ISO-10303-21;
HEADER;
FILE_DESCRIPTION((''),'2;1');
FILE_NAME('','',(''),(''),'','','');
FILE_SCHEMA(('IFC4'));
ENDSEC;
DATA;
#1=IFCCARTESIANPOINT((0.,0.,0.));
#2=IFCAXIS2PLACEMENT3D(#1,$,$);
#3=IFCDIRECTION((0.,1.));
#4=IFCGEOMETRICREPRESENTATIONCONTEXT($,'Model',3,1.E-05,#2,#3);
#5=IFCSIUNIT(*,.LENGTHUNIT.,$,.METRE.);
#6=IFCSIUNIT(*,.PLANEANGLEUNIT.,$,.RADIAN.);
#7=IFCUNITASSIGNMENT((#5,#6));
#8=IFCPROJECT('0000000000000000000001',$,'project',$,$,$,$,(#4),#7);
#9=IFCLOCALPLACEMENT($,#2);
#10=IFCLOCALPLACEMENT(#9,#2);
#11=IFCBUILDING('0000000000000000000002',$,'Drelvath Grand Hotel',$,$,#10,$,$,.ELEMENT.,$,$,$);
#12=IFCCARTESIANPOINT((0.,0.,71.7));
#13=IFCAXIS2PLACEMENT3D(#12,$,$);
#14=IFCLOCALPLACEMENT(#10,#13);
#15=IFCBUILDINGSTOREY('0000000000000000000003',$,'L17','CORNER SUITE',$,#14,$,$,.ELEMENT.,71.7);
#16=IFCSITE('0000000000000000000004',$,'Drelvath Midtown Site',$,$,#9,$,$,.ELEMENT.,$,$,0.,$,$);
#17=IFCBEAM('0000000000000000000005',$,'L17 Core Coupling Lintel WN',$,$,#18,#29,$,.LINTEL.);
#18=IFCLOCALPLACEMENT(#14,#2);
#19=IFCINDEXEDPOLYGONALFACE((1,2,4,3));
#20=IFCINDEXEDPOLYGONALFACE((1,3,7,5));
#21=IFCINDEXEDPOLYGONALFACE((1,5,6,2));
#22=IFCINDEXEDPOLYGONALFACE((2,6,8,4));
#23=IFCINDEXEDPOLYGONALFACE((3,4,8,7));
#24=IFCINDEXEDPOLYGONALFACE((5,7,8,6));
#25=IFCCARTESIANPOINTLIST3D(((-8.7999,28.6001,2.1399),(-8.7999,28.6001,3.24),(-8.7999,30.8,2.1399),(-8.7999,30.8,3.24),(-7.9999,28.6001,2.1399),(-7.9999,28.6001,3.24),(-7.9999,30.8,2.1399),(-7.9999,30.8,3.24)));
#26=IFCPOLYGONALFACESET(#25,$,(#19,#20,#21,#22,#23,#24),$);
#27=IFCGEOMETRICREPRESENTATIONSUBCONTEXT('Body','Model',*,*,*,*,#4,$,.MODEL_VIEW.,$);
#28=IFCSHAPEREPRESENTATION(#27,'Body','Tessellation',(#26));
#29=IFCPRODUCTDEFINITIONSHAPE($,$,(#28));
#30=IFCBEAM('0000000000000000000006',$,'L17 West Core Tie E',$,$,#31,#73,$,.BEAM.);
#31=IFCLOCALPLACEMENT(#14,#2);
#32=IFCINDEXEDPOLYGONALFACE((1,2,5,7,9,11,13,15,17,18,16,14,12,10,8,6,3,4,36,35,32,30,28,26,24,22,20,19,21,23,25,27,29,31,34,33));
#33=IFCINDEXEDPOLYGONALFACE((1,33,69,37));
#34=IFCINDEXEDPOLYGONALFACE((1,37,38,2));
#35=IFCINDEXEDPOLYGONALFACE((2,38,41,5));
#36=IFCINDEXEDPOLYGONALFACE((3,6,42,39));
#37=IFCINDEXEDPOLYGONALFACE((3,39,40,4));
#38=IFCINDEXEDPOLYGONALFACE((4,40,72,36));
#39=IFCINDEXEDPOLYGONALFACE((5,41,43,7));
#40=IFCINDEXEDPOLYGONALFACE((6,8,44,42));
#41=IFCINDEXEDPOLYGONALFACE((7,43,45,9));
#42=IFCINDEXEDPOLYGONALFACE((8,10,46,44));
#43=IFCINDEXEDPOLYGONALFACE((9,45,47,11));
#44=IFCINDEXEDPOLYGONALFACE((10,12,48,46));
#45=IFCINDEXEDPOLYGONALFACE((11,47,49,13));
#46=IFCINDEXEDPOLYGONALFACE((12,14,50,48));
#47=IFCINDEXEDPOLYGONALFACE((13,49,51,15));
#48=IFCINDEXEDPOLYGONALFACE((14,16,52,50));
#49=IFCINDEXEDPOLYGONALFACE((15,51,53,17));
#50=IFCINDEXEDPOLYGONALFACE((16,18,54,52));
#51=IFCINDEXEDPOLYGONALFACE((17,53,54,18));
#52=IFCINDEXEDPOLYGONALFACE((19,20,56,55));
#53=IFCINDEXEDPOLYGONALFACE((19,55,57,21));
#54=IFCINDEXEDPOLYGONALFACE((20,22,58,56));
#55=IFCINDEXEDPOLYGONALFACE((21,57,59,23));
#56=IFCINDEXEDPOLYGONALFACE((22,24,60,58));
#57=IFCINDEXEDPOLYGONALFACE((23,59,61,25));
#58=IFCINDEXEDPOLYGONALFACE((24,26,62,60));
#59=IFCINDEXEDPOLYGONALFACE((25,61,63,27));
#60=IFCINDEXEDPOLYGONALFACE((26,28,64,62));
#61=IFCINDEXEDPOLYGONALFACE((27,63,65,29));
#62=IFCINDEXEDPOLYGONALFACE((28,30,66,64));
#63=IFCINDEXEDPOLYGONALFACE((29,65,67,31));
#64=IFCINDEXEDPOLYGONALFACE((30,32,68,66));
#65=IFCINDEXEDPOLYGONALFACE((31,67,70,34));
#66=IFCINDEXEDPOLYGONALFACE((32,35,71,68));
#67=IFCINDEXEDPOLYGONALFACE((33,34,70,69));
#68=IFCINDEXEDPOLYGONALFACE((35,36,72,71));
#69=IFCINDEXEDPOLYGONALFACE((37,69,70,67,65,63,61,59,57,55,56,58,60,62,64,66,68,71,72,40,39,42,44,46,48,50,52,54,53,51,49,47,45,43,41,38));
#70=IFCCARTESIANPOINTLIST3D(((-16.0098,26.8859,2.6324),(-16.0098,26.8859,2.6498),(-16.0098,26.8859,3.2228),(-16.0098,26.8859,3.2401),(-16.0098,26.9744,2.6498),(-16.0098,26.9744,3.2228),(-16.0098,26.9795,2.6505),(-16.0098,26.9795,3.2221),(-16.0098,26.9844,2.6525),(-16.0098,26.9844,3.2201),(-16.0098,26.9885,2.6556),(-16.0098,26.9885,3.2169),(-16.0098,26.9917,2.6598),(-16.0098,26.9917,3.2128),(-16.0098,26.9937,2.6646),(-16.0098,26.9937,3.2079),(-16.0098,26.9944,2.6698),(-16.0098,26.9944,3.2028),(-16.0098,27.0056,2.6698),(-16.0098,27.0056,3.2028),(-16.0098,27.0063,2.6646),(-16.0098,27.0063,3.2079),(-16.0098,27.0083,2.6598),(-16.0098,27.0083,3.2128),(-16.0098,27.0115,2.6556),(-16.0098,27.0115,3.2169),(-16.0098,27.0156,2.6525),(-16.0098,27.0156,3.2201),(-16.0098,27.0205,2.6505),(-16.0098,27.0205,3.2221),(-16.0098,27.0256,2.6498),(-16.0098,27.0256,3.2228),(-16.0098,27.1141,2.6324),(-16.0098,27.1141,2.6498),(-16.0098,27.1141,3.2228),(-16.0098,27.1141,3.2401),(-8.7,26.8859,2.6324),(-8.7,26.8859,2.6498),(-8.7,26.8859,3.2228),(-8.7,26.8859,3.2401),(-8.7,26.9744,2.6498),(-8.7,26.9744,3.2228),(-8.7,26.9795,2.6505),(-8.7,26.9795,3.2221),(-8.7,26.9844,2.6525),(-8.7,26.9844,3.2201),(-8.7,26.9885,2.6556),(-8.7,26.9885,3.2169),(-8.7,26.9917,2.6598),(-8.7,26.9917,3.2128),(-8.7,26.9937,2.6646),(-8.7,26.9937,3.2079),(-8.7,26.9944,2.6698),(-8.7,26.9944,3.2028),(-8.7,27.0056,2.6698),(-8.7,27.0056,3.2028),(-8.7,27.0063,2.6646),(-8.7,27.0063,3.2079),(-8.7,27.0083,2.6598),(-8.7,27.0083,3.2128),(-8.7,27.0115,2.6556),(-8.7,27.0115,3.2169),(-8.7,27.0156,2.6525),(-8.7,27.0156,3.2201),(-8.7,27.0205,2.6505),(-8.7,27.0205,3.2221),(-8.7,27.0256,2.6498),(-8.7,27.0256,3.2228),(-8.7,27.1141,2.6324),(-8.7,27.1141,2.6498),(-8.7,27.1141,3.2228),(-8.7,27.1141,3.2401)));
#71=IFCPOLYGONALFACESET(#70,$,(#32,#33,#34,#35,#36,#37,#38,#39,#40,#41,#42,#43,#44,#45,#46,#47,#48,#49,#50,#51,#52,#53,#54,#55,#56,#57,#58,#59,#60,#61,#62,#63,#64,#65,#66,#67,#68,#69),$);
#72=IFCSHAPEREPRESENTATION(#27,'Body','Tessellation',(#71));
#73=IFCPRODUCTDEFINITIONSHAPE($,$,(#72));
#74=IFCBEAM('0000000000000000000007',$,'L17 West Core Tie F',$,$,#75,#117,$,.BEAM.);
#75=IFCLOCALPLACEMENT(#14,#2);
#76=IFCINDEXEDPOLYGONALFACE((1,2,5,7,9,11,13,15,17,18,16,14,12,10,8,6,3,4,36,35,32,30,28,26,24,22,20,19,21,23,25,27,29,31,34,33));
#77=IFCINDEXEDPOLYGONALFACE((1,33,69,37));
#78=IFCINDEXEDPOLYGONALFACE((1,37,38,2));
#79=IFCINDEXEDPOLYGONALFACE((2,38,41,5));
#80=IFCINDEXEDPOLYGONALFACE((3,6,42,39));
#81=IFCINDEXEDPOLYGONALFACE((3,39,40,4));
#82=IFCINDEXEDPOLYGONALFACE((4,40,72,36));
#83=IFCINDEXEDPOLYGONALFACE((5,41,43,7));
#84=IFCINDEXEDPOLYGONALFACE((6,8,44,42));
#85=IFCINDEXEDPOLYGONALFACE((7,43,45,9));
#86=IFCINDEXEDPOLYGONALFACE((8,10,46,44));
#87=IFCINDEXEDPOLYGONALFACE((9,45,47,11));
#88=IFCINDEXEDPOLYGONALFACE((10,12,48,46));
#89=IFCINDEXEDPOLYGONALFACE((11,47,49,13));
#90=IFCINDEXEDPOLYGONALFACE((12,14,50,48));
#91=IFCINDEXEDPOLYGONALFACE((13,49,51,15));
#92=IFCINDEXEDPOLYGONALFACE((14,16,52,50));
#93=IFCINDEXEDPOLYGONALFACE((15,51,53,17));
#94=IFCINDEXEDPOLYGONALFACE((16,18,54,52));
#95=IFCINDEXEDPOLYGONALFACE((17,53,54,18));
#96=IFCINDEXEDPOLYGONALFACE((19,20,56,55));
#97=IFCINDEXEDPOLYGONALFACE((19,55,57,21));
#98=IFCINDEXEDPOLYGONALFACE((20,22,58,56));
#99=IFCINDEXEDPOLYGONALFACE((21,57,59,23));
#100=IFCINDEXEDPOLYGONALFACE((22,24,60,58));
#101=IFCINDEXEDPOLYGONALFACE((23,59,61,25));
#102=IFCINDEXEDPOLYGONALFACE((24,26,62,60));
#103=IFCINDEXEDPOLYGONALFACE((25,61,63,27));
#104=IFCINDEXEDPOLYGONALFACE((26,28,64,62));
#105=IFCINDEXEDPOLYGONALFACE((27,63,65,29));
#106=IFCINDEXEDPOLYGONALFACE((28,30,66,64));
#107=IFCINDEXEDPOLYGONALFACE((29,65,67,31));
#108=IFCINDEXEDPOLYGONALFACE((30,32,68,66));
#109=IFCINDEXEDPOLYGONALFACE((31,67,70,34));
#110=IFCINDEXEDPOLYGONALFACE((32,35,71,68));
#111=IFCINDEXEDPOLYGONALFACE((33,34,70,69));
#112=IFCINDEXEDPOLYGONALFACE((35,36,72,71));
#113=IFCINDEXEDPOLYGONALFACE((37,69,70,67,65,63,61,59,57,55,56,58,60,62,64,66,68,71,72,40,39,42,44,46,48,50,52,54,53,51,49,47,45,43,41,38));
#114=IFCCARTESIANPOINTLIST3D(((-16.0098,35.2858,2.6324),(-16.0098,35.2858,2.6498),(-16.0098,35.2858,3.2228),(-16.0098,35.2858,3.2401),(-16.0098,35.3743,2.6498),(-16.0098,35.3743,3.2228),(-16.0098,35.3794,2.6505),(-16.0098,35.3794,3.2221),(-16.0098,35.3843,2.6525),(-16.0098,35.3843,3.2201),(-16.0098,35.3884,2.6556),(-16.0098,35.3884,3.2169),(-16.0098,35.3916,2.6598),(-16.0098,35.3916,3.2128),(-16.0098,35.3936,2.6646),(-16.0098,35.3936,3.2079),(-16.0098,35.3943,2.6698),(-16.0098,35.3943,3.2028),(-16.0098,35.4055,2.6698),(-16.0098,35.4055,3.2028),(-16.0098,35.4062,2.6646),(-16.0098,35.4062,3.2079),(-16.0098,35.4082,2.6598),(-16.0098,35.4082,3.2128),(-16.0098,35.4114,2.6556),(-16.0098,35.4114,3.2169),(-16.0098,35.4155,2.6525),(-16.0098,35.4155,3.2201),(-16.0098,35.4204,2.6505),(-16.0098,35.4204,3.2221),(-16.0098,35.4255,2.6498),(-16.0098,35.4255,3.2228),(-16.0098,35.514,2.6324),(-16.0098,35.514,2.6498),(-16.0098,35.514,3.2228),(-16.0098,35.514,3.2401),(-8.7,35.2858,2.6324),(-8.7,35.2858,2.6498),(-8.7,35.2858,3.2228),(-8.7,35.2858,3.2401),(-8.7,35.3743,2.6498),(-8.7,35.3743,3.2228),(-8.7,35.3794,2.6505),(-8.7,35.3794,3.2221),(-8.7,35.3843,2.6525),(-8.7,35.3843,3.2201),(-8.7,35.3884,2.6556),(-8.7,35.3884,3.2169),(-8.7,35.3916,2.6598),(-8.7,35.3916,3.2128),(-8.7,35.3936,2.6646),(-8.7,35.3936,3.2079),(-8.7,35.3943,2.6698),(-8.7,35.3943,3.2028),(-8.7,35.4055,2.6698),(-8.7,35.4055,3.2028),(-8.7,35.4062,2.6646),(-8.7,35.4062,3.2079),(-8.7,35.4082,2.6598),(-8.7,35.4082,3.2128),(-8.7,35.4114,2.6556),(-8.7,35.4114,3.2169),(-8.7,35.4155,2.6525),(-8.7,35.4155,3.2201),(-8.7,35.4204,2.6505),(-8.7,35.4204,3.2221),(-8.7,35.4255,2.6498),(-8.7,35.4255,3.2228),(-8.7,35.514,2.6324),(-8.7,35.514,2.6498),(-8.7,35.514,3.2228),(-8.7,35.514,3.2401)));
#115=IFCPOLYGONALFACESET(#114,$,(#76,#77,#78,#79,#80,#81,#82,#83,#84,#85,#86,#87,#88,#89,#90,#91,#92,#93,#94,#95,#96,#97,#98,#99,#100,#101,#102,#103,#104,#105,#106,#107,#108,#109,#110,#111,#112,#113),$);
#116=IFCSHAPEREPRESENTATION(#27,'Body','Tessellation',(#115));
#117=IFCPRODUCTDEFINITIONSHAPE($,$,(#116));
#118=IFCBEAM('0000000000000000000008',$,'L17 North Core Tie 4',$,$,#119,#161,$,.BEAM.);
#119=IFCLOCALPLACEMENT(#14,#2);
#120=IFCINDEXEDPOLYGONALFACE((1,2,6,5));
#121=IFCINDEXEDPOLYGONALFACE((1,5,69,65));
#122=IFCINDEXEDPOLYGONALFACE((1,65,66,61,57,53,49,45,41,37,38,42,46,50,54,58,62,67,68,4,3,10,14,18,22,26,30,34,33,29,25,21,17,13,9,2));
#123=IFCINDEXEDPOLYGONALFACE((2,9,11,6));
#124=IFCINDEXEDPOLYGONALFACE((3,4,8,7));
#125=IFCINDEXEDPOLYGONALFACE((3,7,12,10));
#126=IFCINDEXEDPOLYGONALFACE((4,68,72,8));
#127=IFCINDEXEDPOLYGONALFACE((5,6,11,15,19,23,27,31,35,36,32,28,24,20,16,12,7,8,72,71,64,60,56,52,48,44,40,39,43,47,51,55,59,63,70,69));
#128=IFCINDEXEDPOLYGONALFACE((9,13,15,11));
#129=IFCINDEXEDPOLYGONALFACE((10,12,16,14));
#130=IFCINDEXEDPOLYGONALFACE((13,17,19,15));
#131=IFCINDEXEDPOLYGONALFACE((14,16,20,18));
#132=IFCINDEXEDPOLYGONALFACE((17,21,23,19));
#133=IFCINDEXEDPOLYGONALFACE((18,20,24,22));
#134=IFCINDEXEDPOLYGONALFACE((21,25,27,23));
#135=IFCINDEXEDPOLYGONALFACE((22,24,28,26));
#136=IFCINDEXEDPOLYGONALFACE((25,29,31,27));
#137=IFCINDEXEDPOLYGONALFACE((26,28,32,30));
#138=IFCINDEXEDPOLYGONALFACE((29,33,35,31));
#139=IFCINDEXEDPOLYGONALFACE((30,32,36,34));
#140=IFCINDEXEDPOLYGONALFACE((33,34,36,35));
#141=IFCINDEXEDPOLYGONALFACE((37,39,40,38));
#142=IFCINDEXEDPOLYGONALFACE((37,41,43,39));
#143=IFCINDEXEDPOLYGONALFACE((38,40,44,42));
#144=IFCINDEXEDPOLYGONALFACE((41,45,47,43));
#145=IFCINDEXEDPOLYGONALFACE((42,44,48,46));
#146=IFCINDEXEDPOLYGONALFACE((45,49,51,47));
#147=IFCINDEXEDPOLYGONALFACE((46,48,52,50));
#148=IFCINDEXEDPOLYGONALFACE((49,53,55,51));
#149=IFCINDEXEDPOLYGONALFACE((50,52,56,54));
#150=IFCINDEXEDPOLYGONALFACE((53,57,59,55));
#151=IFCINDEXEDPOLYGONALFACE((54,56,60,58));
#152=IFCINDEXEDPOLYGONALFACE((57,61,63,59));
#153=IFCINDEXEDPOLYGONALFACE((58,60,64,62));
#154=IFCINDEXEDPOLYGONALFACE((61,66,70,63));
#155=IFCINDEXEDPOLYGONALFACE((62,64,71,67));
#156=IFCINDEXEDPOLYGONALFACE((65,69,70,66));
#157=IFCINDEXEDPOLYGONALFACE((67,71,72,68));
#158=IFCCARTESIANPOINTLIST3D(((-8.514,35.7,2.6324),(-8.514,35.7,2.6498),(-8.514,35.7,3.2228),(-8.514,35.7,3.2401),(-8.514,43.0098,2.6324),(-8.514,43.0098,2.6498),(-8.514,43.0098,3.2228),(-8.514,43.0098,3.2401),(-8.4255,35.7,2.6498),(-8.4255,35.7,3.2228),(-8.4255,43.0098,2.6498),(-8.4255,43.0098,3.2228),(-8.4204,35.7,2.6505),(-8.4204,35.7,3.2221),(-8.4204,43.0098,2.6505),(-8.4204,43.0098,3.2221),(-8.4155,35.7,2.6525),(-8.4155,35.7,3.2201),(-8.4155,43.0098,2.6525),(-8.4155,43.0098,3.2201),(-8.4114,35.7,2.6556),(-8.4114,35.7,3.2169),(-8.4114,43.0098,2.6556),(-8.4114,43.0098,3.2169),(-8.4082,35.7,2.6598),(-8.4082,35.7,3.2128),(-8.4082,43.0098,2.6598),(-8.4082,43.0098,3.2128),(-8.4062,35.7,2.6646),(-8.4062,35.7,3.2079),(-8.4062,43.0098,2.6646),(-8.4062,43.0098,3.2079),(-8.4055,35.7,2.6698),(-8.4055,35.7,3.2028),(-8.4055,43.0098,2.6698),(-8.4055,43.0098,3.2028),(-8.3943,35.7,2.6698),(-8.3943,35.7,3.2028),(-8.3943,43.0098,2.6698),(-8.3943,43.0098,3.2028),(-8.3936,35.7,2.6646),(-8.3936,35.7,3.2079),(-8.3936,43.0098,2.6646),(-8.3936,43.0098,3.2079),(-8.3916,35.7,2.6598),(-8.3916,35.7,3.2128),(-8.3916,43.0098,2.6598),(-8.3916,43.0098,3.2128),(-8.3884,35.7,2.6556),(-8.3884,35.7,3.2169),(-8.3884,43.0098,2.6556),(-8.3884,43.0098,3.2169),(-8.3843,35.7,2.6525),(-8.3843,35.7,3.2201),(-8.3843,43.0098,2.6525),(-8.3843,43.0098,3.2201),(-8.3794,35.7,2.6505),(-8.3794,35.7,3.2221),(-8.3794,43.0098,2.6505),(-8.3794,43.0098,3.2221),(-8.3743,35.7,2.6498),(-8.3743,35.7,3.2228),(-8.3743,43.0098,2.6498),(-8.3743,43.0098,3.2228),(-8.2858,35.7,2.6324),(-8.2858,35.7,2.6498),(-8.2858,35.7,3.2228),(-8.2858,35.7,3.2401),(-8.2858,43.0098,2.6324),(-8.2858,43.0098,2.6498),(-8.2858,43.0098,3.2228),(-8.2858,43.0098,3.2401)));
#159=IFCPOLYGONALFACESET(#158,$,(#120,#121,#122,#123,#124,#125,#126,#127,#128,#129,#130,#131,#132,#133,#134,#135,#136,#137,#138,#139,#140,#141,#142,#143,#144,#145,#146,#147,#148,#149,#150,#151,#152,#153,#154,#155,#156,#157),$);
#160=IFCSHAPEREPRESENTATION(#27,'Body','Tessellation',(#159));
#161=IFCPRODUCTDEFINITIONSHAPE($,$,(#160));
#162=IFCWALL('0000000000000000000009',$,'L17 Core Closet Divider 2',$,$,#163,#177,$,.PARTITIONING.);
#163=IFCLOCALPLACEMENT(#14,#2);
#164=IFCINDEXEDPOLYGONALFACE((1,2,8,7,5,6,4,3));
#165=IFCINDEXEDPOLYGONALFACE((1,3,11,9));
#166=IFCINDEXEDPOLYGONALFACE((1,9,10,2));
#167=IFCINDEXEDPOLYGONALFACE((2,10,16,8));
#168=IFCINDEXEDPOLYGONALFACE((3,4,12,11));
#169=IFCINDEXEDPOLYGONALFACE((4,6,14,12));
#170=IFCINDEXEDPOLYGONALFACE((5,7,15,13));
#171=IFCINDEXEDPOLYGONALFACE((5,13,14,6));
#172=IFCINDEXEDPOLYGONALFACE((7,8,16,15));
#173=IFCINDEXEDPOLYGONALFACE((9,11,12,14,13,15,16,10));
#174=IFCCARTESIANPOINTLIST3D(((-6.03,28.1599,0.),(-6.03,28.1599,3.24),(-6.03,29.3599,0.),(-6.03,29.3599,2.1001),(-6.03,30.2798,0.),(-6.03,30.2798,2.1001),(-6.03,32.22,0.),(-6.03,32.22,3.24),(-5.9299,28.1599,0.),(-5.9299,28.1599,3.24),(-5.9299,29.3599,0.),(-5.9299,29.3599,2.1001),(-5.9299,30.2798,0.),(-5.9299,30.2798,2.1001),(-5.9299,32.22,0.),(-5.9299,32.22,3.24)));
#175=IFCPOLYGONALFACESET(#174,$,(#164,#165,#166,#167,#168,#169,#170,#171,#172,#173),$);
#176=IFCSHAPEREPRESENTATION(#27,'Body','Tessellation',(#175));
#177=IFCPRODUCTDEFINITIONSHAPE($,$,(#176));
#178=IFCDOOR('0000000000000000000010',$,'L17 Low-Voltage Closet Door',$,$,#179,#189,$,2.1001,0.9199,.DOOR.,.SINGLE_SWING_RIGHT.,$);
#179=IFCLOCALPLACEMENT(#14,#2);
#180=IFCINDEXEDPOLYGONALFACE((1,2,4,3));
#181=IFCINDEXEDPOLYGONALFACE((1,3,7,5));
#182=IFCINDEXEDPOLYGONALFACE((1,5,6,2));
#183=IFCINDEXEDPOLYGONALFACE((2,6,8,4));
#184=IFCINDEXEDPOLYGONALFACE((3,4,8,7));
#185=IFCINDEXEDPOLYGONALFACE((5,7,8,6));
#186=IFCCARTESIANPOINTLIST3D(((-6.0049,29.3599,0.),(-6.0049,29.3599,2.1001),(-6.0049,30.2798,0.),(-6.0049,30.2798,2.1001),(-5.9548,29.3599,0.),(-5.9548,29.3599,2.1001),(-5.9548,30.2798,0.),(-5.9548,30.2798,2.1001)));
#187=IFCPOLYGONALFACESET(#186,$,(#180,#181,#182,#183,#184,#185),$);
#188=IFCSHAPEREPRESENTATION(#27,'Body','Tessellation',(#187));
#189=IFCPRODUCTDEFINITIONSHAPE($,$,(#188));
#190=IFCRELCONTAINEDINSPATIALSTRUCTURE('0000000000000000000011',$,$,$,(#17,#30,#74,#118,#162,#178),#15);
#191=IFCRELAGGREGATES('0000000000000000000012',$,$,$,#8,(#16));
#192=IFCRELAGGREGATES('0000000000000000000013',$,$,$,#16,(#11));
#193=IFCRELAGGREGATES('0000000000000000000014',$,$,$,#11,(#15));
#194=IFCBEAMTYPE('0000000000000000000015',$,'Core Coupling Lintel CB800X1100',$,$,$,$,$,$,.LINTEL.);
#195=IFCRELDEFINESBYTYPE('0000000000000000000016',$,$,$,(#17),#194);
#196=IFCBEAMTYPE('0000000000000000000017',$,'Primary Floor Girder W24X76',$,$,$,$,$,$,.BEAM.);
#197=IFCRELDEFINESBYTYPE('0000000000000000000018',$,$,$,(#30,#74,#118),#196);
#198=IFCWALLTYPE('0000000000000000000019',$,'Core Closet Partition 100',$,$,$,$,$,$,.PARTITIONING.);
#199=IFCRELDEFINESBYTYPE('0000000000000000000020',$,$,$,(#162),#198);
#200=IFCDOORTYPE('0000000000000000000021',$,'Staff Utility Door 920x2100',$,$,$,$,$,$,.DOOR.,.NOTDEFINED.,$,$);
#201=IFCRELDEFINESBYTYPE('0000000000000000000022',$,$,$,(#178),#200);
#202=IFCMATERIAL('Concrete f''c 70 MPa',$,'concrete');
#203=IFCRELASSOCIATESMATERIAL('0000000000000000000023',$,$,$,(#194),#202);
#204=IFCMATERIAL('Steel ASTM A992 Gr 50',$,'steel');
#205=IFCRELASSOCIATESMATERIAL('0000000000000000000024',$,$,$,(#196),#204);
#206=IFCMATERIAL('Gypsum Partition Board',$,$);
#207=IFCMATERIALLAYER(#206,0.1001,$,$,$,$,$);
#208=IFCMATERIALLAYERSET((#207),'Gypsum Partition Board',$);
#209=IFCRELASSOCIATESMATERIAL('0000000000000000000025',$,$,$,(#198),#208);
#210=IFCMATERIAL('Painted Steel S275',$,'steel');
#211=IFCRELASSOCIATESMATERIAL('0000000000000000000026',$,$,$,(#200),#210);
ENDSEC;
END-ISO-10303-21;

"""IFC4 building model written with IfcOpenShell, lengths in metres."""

from ifc_helpers import new_model, si_unit, direction, frame, frame_2d, origin, origin_2d, place, context, subcontext, project, spatial, rectangle, i_section, extrude, material, layer, layer_set, material_profile, profile_set, type_object, element, fill, save


model = new_model("IFC4")

# Units and contexts
model_context = context("Model", 3, precision=1e-05, world=origin(), true_north=direction((0.0, 1.0)))
body_context = subcontext(model_context, "Body", "Model", "MODEL_VIEW")
ifc_project = project(units=[si_unit("LENGTHUNIT", "METRE"), si_unit("PLANEANGLEUNIT", "RADIAN")], contexts=[model_context])

# Site, building, storey
site_placement = place(None, origin())
site = spatial("IfcSite", under=ifc_project, at=site_placement, Name="Drelvath Midtown Site", CompositionType="ELEMENT", RefElevation=0.0)
building_placement = place(site_placement, origin())
building = spatial("IfcBuilding", under=site, at=building_placement, Name="Drelvath Grand Hotel", CompositionType="ELEMENT")
storey_placement = place(building_placement, frame((0.0, 0.0, 71.7)))
storey = spatial("IfcBuildingStorey", under=building, at=storey_placement, Name="L17", Description="CORNER SUITE", CompositionType="ELEMENT", Elevation=71.7)

# Beams
ifc_material_1 = material(Name="Concrete f'c 70 MPa", Category="concrete")
ifc_material_profile_1 = material_profile(ifc_material_1, rectangle(XDim=0.8, YDim=1.1001, at=origin_2d()), Name="CB800X1100")
ifc_profile_set_1 = profile_set([ifc_material_profile_1], Name="Concrete f'c 70 MPa")
beam_type_1 = type_object("IfcBeamType", Name="Core Coupling Lintel CB800X1100", PredefinedType="LINTEL", material=ifc_profile_set_1)
beam_placement = place(storey_placement, frame((-8.3999, 28.6001, 2.6899), z_axis=(0.0, 1.0, 0.0), x_axis=(-1.0, 0.0, 0.0)))
element("IfcBeam", 1, at=beam_placement, inside=storey, type_object=beam_type_1, Name="L17 Core Coupling Lintel WN", PredefinedType="LINTEL", context=body_context, shape_type="SweptSolid", body=[
    extrude(rectangle(XDim=0.8, YDim=1.1001, at=origin_2d()), origin(), (0.0, 0.0, 1.0), 2.2),
])
ifc_material_2 = material(Name="Steel ASTM A992 Gr 50", Category="steel")
ifc_material_profile_2 = material_profile(ifc_material_2, i_section(OverallWidth=0.2283, OverallDepth=0.6077, WebThickness=0.0112, FlangeThickness=0.0173, FilletRadius=0.02, at=origin_2d()), Name="W24X76")
ifc_profile_set_2 = profile_set([ifc_material_profile_2], Name="Steel ASTM A992 Gr 50")
beam_type_2 = type_object("IfcBeamType", Name="Primary Floor Girder W24X76", PredefinedType="BEAM", material=ifc_profile_set_2)
for number, where, z_axis, x_axis, name in (
    (2, (-16.0098, 27.0, 2.9363), (1.0, 0.0, 0.0), (0.0, 1.0, 0.0), "L17 West Core Tie E"),
    (3, (-16.0098, 35.3999, 2.9363), (1.0, 0.0, 0.0), (0.0, 1.0, 0.0), "L17 West Core Tie F"),
    (4, (-8.3999, 35.7, 2.9363), (0.0, 1.0, 0.0), (-1.0, 0.0, 0.0), "L17 North Core Tie 4"),
):
    element("IfcBeam", number, at=place(storey_placement, frame(where, z_axis=z_axis, x_axis=x_axis)), inside=storey, type_object=beam_type_2, Name=name, PredefinedType="BEAM", context=body_context, shape_type="SweptSolid", body=[
        extrude(i_section(OverallWidth=0.2283, OverallDepth=0.6077, WebThickness=0.0112, FlangeThickness=0.0173, FilletRadius=0.02, at=origin_2d()), origin(), (0.0, 0.0, 1.0), 7.3098),
    ])

# Wall, opening, door
ifc_material_3 = material(Name="Gypsum Partition Board")
ifc_layer_1 = layer(ifc_material_3, 0.1001)
ifc_layer_set_1 = layer_set([ifc_layer_1], Name="Gypsum Partition Board")
wall_type_1 = type_object("IfcWallType", Name="Core Closet Partition 100", PredefinedType="PARTITIONING", material=ifc_layer_set_1)
wall_1_placement = place(storey_placement, frame((-5.98, 28.1599, 0.0), z_axis=(0.0, 0.0, 1.0), x_axis=(0.0, 1.0, 0.0)))
wall_1 = element("IfcWall", 5, at=wall_1_placement, inside=storey, type_object=wall_type_1, Name="L17 Core Closet Divider 2", PredefinedType="PARTITIONING", context=body_context, shape_type="SweptSolid", body=[
    extrude(rectangle(XDim=4.0601, YDim=0.1001, at=frame_2d((2.03, 0.0))), origin(), (0.0, 0.0, 1.0), 3.24),
])
opening_1_placement = place(wall_1_placement, frame((1.2, 0.0, 0.0)))
opening_1 = element("IfcOpeningElement", 6, at=opening_1_placement, cuts=wall_1, PredefinedType="OPENING", context=body_context, shape_type="SweptSolid", body=[
    extrude(rectangle(XDim=0.9199, YDim=2.1001, at=frame_2d((0.46, 1.05))), frame((0.0, 0.0601, 0.0), z_axis=(0.0, -1.0, 0.0), x_axis=(1.0, 0.0, 0.0)), (0.0, 0.0, 1.0), 0.1201),
])
ifc_material_4 = material(Name="Painted Steel S275", Category="steel")
door_type_1 = type_object("IfcDoorType", Name="Staff Utility Door 920x2100", OperationType="NOTDEFINED", PredefinedType="DOOR", material=ifc_material_4)
door_1_placement = place(opening_1_placement, origin())
door_1 = element("IfcDoor", 7, at=door_1_placement, inside=storey, type_object=door_type_1, Name="L17 Low-Voltage Closet Door", OperationType="SINGLE_SWING_RIGHT", OverallHeight=2.1001, OverallWidth=0.9199, PredefinedType="DOOR", context=body_context, shape_type="SweptSolid", body=[
    extrude(rectangle(XDim=0.9199, YDim=2.1001, at=frame_2d((0.46, 1.05))), frame((0.0, 0.0249, 0.0), z_axis=(0.0, -1.0, 0.0), x_axis=(1.0, 0.0, 0.0)), (0.0, 0.0, 1.0), 0.05),
])
fill(opening_1, door_1)

save(model, "model.ifc")
